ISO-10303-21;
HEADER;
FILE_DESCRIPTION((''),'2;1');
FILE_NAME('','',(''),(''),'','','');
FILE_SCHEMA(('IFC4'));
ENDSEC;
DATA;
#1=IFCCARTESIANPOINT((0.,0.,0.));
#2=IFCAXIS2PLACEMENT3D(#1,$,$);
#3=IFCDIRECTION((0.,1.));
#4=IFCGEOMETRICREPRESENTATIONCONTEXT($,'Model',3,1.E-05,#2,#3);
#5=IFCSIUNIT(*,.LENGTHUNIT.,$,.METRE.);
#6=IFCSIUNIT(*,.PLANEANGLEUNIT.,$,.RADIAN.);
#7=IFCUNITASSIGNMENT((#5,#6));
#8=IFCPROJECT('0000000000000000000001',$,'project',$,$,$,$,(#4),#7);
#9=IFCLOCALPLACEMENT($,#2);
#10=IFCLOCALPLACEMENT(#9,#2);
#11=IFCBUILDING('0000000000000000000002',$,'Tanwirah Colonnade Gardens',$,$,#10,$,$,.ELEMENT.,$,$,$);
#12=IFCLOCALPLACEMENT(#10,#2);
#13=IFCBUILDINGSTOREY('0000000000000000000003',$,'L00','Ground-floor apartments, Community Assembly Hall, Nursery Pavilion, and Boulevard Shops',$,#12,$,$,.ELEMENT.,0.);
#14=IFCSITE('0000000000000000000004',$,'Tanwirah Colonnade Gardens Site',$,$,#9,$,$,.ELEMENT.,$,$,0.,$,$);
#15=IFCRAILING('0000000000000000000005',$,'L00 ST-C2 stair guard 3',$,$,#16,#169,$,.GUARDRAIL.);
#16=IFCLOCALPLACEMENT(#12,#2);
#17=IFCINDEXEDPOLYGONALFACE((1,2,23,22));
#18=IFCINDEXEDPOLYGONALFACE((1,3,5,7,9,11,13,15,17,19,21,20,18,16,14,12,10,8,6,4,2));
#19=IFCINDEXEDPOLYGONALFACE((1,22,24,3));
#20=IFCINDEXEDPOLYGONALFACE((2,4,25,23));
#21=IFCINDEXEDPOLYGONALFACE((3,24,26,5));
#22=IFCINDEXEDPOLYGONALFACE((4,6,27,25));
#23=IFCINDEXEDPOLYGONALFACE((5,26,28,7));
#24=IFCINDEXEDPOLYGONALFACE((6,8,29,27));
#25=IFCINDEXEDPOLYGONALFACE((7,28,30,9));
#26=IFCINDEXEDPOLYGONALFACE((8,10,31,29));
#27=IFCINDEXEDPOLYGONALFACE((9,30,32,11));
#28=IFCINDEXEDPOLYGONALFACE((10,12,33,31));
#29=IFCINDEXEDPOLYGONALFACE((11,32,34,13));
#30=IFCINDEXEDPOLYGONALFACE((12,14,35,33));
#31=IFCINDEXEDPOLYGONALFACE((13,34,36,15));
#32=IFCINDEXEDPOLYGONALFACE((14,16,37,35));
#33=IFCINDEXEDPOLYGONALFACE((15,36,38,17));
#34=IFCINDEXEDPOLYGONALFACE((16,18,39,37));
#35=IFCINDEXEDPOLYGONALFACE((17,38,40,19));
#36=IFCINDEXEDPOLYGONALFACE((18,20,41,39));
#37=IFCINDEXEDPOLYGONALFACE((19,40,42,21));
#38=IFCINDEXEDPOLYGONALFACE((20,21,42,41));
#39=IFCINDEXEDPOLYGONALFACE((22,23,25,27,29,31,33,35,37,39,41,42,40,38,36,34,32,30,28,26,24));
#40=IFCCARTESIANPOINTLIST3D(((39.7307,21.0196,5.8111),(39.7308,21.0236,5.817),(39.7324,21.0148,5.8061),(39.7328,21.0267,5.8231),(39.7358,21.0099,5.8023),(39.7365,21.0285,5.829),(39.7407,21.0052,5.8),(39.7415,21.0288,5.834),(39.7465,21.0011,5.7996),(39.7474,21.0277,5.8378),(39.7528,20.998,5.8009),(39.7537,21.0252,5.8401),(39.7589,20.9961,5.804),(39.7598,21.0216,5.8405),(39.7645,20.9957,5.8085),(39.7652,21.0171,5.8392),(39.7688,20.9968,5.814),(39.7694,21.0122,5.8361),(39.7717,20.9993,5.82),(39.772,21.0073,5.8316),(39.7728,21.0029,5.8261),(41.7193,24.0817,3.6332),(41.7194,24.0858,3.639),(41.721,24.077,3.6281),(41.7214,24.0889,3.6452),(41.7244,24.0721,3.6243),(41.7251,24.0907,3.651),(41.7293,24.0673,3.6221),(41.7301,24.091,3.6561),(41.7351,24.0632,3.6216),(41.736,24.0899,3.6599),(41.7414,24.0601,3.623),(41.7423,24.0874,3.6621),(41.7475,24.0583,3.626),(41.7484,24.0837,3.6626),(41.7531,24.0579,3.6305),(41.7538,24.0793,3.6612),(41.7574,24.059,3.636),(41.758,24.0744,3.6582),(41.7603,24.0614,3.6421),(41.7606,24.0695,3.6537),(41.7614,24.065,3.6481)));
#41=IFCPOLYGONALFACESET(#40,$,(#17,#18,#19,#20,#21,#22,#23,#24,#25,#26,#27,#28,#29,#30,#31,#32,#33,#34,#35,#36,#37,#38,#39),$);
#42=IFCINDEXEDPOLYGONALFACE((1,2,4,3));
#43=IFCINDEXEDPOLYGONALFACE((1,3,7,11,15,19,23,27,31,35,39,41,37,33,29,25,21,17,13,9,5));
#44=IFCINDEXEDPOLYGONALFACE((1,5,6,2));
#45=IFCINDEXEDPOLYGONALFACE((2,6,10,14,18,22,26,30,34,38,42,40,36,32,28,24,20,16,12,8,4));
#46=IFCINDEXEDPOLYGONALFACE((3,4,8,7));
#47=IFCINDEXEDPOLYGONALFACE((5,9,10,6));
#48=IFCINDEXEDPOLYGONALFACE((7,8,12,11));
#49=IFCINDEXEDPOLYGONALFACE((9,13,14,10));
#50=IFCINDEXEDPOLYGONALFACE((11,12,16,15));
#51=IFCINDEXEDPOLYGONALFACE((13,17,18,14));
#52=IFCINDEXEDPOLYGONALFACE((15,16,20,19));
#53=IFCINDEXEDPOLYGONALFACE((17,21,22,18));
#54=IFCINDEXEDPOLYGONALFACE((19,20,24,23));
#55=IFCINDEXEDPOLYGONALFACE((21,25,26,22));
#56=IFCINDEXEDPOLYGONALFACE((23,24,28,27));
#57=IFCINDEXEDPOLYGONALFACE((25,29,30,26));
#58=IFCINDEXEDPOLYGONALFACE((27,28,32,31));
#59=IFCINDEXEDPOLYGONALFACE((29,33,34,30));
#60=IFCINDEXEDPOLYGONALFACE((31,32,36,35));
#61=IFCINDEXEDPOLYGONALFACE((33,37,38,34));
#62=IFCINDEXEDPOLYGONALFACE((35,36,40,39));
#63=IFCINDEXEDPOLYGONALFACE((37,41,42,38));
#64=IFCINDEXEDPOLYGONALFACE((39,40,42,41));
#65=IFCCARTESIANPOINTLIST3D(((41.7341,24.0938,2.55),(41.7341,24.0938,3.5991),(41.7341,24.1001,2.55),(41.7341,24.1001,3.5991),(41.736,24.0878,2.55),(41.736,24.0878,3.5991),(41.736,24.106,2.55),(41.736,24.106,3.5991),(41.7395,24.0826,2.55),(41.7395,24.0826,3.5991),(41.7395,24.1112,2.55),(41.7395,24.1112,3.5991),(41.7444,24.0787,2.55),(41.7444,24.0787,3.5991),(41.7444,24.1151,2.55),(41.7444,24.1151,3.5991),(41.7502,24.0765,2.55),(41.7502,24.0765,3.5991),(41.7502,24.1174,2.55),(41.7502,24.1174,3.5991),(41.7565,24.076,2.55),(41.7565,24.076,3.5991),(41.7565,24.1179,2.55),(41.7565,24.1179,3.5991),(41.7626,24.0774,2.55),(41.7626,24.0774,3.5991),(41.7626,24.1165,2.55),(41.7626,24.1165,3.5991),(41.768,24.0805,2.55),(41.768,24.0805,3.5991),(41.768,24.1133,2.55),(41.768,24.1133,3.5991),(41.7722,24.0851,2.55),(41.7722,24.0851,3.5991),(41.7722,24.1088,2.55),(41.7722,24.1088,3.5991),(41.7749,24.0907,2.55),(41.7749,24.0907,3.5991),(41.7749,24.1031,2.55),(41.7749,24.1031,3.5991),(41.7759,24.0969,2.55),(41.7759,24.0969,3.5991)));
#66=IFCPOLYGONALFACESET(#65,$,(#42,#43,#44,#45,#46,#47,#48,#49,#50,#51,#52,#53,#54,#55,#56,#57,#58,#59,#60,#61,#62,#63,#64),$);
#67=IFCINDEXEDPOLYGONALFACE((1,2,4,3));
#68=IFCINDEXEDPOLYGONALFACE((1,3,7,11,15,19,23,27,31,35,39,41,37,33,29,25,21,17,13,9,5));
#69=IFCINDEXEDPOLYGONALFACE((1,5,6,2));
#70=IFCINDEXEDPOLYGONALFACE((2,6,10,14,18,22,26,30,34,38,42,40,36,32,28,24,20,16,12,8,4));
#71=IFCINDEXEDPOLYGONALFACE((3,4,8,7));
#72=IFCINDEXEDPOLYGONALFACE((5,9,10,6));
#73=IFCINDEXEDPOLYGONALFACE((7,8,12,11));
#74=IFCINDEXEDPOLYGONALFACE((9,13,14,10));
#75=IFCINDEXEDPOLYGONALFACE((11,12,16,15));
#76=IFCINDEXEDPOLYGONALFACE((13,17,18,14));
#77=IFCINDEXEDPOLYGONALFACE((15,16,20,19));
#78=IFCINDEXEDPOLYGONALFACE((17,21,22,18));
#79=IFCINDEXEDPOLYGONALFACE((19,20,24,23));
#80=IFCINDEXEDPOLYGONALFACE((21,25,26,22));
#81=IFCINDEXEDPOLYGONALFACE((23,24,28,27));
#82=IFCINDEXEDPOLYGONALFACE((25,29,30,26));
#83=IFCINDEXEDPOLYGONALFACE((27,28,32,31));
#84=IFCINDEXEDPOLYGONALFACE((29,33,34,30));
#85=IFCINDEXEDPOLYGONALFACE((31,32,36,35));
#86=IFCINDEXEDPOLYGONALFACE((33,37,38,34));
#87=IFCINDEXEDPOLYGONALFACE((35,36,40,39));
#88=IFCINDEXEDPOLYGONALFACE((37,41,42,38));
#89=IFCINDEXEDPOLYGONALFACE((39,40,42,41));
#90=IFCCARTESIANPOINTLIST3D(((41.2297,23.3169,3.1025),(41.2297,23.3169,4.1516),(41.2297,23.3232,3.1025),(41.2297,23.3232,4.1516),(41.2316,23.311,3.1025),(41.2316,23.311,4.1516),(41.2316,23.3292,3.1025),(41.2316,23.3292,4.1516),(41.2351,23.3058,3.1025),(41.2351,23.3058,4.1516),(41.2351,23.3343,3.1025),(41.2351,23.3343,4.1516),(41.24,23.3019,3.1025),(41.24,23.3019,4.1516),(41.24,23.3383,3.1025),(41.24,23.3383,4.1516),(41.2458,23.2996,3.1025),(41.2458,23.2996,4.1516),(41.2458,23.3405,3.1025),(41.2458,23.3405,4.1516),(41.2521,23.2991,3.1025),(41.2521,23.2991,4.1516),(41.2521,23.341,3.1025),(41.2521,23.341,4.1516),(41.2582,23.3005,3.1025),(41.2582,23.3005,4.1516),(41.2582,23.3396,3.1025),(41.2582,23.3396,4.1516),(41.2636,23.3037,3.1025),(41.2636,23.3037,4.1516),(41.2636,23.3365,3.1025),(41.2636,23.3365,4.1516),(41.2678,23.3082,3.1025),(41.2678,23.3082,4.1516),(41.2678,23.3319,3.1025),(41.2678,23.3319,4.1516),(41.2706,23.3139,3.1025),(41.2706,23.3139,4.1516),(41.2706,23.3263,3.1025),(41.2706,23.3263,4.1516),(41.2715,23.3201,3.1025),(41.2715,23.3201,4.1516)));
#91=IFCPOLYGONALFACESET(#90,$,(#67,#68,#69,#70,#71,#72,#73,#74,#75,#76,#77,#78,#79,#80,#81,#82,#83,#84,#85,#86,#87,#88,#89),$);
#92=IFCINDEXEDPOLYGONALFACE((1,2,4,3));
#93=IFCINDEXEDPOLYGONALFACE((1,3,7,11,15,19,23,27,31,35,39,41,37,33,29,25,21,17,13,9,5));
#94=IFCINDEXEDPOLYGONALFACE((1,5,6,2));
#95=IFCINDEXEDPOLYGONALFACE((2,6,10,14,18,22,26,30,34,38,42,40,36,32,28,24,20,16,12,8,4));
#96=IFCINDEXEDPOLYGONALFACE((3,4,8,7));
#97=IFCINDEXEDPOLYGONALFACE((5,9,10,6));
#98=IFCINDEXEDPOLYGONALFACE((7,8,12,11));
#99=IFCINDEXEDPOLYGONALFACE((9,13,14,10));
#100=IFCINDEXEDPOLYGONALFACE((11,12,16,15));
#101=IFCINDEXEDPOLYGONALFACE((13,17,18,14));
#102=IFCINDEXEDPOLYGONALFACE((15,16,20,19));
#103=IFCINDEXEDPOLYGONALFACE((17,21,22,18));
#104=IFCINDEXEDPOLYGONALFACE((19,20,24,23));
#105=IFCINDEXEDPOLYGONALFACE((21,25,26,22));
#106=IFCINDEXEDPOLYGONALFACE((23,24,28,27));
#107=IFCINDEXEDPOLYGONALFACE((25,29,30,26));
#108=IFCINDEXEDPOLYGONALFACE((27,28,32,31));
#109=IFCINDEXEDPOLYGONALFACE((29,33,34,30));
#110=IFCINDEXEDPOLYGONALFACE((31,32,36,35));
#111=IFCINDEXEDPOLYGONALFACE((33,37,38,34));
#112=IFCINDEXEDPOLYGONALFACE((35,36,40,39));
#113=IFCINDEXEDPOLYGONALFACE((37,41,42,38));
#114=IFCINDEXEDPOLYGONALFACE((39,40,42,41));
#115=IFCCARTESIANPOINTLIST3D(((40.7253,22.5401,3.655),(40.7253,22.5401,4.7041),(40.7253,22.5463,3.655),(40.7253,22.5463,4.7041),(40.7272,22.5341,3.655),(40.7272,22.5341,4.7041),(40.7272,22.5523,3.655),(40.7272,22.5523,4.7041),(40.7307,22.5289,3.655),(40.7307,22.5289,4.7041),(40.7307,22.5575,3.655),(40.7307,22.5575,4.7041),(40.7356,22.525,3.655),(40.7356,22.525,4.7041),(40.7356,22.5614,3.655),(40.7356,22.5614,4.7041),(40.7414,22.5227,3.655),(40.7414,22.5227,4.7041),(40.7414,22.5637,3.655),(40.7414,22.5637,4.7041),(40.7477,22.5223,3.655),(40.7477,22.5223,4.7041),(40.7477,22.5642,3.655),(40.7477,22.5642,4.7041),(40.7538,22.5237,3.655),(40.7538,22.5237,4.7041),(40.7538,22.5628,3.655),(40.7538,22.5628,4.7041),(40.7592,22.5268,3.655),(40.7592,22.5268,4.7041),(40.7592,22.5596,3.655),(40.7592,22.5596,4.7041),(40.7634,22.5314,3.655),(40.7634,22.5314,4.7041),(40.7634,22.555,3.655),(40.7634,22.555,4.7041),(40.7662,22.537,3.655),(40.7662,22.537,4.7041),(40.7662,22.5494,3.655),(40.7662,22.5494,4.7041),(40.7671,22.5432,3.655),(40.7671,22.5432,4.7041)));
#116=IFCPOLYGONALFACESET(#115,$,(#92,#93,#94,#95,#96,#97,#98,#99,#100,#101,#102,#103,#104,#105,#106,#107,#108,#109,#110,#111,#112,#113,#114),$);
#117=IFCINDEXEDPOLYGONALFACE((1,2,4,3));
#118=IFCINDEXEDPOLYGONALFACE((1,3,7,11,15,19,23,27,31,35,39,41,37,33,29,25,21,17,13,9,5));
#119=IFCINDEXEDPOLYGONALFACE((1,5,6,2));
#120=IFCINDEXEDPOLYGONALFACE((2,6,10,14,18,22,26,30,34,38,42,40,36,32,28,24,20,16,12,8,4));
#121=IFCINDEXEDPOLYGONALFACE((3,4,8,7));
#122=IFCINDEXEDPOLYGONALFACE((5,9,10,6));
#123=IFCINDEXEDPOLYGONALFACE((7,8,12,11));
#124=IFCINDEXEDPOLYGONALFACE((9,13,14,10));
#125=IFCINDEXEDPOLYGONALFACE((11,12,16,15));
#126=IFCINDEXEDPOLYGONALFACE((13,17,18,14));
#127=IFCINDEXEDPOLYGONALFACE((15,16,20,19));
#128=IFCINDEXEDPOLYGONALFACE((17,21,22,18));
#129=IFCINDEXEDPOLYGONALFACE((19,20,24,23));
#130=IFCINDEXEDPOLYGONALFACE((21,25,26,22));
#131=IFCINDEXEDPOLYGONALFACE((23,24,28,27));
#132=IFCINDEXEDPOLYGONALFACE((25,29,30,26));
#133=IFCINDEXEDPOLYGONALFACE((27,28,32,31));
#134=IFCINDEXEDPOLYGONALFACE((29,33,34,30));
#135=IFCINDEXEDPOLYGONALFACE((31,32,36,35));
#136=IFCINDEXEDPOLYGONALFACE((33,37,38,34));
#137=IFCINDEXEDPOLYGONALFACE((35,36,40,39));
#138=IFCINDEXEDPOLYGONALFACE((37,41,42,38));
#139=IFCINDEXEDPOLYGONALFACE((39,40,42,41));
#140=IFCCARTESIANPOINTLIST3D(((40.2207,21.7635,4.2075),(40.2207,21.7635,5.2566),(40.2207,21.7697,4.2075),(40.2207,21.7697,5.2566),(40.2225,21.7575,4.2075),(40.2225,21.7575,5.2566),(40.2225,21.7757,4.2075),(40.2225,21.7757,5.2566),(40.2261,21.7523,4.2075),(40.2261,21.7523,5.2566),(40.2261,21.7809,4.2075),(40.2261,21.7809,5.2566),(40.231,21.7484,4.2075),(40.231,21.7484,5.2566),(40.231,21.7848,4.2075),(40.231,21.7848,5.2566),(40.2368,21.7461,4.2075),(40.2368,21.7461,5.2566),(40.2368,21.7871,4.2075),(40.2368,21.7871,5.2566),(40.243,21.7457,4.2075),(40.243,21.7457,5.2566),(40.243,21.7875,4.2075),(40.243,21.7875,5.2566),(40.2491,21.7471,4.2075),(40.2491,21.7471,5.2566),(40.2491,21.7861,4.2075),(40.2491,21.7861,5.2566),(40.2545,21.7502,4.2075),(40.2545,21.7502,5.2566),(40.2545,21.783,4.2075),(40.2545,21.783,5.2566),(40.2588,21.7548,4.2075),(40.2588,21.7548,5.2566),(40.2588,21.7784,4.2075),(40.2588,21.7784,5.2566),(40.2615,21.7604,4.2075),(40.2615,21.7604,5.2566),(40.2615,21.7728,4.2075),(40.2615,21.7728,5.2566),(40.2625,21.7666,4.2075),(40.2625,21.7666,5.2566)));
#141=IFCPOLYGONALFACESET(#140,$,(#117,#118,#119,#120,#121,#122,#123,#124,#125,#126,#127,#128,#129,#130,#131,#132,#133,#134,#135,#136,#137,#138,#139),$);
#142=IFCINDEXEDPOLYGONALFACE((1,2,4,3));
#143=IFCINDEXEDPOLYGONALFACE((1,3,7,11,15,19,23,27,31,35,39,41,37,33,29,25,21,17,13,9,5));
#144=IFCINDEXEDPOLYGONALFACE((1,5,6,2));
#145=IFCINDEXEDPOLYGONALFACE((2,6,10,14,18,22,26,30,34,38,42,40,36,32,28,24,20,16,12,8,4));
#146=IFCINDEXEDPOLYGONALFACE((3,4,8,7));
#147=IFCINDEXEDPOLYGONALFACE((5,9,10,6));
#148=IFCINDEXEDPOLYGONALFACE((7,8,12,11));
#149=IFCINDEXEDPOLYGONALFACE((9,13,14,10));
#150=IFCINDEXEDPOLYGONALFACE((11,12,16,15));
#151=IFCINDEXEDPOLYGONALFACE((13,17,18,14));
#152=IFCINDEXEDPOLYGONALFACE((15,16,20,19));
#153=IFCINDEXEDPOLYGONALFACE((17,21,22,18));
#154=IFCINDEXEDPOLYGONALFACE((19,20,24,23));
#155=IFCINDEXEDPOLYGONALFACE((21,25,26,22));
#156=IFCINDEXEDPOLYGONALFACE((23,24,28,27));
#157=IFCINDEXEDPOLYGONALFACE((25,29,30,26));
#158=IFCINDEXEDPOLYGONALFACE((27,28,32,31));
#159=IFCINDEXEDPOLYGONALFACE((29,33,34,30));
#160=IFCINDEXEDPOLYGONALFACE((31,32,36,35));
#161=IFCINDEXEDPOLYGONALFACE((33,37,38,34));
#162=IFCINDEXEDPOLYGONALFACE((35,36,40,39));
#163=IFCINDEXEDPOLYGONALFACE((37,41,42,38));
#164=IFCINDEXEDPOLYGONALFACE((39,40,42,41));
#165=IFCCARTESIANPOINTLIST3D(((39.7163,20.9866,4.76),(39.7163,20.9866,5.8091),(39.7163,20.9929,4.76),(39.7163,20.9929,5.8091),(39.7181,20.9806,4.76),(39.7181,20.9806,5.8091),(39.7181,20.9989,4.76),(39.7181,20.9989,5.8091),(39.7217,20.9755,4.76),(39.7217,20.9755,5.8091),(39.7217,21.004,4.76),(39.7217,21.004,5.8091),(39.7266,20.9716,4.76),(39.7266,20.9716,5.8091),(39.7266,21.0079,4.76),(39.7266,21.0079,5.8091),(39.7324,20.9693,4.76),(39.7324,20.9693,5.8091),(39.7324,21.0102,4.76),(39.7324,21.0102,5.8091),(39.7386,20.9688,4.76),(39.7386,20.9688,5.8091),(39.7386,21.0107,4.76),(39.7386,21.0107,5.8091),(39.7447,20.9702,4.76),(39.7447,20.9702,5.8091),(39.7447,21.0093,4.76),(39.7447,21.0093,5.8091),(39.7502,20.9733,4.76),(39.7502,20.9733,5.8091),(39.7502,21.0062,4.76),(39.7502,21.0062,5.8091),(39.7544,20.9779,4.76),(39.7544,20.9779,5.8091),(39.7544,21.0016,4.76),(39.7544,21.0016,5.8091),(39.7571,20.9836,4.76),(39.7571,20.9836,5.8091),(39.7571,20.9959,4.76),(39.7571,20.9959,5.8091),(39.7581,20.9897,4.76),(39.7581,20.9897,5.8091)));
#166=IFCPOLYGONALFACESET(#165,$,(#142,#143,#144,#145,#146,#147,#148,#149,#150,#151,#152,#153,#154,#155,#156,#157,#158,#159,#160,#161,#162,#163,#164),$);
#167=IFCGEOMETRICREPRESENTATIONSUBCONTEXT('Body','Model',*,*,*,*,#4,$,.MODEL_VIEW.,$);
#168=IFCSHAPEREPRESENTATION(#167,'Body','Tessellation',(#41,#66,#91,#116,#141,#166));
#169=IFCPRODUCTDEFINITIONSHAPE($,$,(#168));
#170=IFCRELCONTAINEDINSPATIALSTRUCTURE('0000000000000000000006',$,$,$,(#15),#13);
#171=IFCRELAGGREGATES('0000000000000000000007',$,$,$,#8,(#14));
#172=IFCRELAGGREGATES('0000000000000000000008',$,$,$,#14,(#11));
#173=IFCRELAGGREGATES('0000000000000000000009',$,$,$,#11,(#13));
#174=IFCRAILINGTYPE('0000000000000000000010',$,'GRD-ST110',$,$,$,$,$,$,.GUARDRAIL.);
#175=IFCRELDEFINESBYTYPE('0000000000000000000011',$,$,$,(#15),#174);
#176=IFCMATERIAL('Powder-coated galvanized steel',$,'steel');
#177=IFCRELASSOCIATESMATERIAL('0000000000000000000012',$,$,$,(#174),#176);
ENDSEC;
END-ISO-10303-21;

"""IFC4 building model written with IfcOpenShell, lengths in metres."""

from ifc_helpers import new_model, si_unit, direction, frame, origin, origin_2d, place, context, subcontext, project, spatial, circle, extrude, material, type_object, element, save


model = new_model("IFC4")

# Units and contexts
model_context = context("Model", 3, precision=1e-05, world=origin(), true_north=direction((0.0, 1.0)))
body_context = subcontext(model_context, "Body", "Model", "MODEL_VIEW")
ifc_project = project(units=[si_unit("LENGTHUNIT", "METRE"), si_unit("PLANEANGLEUNIT", "RADIAN")], contexts=[model_context])

# Site, building, storey
site_placement = place(None, origin())
site = spatial("IfcSite", under=ifc_project, at=site_placement, Name="Tanwirah Colonnade Gardens Site", CompositionType="ELEMENT", RefElevation=0.0)
building_placement = place(site_placement, origin())
building = spatial("IfcBuilding", under=site, at=building_placement, Name="Tanwirah Colonnade Gardens", CompositionType="ELEMENT")
storey_placement = place(building_placement, origin())
storey = spatial("IfcBuildingStorey", under=building, at=storey_placement, Name="L00", Description="Ground-floor apartments, Community Assembly Hall, Nursery Pavilion, and Boulevard Shops", CompositionType="ELEMENT", Elevation=0.0)

# Railing
ifc_material_1 = material(Name="Powder-coated galvanized steel", Category="steel")
railing_type_1 = type_object("IfcRailingType", Name="GRD-ST110", PredefinedType="GUARDRAIL", material=ifc_material_1)
railing_1_placement = place(storey_placement, frame((41.7549, 24.0969, 2.55)))
element("IfcRailing", 1, at=railing_1_placement, inside=storey, type_object=railing_type_1, Name="L00 ST-C2 stair guard 3", PredefinedType="GUARDRAIL", context=body_context, shape_type="SweptSolid", body=[
    extrude(circle(Radius=0.0239, at=origin_2d()), frame((-0.0146, -0.0225, 1.092), z_axis=(-0.467745, -0.720264, 0.512284), x_axis=(0.838671, -0.544639, 0.0)), (0.0, 0.0, 1.0), 4.2515),
    extrude(circle(Radius=0.021, at=origin_2d()), origin(), (0.0, 0.0, 1.0), 1.0491),
    extrude(circle(Radius=0.021, at=origin_2d()), frame((-0.5044, -0.7769, 0.5525)), (0.0, 0.0, 1.0), 1.0491),
    extrude(circle(Radius=0.021, at=origin_2d()), frame((-1.0088, -1.5537, 1.105)), (0.0, 0.0, 1.0), 1.0491),
    extrude(circle(Radius=0.021, at=origin_2d()), frame((-1.5134, -2.3303, 1.6575)), (0.0, 0.0, 1.0), 1.0491),
    extrude(circle(Radius=0.021, at=origin_2d()), frame((-2.0178, -3.1072, 2.21)), (0.0, 0.0, 1.0), 1.0491),
])

save(model, "model.ifc")
